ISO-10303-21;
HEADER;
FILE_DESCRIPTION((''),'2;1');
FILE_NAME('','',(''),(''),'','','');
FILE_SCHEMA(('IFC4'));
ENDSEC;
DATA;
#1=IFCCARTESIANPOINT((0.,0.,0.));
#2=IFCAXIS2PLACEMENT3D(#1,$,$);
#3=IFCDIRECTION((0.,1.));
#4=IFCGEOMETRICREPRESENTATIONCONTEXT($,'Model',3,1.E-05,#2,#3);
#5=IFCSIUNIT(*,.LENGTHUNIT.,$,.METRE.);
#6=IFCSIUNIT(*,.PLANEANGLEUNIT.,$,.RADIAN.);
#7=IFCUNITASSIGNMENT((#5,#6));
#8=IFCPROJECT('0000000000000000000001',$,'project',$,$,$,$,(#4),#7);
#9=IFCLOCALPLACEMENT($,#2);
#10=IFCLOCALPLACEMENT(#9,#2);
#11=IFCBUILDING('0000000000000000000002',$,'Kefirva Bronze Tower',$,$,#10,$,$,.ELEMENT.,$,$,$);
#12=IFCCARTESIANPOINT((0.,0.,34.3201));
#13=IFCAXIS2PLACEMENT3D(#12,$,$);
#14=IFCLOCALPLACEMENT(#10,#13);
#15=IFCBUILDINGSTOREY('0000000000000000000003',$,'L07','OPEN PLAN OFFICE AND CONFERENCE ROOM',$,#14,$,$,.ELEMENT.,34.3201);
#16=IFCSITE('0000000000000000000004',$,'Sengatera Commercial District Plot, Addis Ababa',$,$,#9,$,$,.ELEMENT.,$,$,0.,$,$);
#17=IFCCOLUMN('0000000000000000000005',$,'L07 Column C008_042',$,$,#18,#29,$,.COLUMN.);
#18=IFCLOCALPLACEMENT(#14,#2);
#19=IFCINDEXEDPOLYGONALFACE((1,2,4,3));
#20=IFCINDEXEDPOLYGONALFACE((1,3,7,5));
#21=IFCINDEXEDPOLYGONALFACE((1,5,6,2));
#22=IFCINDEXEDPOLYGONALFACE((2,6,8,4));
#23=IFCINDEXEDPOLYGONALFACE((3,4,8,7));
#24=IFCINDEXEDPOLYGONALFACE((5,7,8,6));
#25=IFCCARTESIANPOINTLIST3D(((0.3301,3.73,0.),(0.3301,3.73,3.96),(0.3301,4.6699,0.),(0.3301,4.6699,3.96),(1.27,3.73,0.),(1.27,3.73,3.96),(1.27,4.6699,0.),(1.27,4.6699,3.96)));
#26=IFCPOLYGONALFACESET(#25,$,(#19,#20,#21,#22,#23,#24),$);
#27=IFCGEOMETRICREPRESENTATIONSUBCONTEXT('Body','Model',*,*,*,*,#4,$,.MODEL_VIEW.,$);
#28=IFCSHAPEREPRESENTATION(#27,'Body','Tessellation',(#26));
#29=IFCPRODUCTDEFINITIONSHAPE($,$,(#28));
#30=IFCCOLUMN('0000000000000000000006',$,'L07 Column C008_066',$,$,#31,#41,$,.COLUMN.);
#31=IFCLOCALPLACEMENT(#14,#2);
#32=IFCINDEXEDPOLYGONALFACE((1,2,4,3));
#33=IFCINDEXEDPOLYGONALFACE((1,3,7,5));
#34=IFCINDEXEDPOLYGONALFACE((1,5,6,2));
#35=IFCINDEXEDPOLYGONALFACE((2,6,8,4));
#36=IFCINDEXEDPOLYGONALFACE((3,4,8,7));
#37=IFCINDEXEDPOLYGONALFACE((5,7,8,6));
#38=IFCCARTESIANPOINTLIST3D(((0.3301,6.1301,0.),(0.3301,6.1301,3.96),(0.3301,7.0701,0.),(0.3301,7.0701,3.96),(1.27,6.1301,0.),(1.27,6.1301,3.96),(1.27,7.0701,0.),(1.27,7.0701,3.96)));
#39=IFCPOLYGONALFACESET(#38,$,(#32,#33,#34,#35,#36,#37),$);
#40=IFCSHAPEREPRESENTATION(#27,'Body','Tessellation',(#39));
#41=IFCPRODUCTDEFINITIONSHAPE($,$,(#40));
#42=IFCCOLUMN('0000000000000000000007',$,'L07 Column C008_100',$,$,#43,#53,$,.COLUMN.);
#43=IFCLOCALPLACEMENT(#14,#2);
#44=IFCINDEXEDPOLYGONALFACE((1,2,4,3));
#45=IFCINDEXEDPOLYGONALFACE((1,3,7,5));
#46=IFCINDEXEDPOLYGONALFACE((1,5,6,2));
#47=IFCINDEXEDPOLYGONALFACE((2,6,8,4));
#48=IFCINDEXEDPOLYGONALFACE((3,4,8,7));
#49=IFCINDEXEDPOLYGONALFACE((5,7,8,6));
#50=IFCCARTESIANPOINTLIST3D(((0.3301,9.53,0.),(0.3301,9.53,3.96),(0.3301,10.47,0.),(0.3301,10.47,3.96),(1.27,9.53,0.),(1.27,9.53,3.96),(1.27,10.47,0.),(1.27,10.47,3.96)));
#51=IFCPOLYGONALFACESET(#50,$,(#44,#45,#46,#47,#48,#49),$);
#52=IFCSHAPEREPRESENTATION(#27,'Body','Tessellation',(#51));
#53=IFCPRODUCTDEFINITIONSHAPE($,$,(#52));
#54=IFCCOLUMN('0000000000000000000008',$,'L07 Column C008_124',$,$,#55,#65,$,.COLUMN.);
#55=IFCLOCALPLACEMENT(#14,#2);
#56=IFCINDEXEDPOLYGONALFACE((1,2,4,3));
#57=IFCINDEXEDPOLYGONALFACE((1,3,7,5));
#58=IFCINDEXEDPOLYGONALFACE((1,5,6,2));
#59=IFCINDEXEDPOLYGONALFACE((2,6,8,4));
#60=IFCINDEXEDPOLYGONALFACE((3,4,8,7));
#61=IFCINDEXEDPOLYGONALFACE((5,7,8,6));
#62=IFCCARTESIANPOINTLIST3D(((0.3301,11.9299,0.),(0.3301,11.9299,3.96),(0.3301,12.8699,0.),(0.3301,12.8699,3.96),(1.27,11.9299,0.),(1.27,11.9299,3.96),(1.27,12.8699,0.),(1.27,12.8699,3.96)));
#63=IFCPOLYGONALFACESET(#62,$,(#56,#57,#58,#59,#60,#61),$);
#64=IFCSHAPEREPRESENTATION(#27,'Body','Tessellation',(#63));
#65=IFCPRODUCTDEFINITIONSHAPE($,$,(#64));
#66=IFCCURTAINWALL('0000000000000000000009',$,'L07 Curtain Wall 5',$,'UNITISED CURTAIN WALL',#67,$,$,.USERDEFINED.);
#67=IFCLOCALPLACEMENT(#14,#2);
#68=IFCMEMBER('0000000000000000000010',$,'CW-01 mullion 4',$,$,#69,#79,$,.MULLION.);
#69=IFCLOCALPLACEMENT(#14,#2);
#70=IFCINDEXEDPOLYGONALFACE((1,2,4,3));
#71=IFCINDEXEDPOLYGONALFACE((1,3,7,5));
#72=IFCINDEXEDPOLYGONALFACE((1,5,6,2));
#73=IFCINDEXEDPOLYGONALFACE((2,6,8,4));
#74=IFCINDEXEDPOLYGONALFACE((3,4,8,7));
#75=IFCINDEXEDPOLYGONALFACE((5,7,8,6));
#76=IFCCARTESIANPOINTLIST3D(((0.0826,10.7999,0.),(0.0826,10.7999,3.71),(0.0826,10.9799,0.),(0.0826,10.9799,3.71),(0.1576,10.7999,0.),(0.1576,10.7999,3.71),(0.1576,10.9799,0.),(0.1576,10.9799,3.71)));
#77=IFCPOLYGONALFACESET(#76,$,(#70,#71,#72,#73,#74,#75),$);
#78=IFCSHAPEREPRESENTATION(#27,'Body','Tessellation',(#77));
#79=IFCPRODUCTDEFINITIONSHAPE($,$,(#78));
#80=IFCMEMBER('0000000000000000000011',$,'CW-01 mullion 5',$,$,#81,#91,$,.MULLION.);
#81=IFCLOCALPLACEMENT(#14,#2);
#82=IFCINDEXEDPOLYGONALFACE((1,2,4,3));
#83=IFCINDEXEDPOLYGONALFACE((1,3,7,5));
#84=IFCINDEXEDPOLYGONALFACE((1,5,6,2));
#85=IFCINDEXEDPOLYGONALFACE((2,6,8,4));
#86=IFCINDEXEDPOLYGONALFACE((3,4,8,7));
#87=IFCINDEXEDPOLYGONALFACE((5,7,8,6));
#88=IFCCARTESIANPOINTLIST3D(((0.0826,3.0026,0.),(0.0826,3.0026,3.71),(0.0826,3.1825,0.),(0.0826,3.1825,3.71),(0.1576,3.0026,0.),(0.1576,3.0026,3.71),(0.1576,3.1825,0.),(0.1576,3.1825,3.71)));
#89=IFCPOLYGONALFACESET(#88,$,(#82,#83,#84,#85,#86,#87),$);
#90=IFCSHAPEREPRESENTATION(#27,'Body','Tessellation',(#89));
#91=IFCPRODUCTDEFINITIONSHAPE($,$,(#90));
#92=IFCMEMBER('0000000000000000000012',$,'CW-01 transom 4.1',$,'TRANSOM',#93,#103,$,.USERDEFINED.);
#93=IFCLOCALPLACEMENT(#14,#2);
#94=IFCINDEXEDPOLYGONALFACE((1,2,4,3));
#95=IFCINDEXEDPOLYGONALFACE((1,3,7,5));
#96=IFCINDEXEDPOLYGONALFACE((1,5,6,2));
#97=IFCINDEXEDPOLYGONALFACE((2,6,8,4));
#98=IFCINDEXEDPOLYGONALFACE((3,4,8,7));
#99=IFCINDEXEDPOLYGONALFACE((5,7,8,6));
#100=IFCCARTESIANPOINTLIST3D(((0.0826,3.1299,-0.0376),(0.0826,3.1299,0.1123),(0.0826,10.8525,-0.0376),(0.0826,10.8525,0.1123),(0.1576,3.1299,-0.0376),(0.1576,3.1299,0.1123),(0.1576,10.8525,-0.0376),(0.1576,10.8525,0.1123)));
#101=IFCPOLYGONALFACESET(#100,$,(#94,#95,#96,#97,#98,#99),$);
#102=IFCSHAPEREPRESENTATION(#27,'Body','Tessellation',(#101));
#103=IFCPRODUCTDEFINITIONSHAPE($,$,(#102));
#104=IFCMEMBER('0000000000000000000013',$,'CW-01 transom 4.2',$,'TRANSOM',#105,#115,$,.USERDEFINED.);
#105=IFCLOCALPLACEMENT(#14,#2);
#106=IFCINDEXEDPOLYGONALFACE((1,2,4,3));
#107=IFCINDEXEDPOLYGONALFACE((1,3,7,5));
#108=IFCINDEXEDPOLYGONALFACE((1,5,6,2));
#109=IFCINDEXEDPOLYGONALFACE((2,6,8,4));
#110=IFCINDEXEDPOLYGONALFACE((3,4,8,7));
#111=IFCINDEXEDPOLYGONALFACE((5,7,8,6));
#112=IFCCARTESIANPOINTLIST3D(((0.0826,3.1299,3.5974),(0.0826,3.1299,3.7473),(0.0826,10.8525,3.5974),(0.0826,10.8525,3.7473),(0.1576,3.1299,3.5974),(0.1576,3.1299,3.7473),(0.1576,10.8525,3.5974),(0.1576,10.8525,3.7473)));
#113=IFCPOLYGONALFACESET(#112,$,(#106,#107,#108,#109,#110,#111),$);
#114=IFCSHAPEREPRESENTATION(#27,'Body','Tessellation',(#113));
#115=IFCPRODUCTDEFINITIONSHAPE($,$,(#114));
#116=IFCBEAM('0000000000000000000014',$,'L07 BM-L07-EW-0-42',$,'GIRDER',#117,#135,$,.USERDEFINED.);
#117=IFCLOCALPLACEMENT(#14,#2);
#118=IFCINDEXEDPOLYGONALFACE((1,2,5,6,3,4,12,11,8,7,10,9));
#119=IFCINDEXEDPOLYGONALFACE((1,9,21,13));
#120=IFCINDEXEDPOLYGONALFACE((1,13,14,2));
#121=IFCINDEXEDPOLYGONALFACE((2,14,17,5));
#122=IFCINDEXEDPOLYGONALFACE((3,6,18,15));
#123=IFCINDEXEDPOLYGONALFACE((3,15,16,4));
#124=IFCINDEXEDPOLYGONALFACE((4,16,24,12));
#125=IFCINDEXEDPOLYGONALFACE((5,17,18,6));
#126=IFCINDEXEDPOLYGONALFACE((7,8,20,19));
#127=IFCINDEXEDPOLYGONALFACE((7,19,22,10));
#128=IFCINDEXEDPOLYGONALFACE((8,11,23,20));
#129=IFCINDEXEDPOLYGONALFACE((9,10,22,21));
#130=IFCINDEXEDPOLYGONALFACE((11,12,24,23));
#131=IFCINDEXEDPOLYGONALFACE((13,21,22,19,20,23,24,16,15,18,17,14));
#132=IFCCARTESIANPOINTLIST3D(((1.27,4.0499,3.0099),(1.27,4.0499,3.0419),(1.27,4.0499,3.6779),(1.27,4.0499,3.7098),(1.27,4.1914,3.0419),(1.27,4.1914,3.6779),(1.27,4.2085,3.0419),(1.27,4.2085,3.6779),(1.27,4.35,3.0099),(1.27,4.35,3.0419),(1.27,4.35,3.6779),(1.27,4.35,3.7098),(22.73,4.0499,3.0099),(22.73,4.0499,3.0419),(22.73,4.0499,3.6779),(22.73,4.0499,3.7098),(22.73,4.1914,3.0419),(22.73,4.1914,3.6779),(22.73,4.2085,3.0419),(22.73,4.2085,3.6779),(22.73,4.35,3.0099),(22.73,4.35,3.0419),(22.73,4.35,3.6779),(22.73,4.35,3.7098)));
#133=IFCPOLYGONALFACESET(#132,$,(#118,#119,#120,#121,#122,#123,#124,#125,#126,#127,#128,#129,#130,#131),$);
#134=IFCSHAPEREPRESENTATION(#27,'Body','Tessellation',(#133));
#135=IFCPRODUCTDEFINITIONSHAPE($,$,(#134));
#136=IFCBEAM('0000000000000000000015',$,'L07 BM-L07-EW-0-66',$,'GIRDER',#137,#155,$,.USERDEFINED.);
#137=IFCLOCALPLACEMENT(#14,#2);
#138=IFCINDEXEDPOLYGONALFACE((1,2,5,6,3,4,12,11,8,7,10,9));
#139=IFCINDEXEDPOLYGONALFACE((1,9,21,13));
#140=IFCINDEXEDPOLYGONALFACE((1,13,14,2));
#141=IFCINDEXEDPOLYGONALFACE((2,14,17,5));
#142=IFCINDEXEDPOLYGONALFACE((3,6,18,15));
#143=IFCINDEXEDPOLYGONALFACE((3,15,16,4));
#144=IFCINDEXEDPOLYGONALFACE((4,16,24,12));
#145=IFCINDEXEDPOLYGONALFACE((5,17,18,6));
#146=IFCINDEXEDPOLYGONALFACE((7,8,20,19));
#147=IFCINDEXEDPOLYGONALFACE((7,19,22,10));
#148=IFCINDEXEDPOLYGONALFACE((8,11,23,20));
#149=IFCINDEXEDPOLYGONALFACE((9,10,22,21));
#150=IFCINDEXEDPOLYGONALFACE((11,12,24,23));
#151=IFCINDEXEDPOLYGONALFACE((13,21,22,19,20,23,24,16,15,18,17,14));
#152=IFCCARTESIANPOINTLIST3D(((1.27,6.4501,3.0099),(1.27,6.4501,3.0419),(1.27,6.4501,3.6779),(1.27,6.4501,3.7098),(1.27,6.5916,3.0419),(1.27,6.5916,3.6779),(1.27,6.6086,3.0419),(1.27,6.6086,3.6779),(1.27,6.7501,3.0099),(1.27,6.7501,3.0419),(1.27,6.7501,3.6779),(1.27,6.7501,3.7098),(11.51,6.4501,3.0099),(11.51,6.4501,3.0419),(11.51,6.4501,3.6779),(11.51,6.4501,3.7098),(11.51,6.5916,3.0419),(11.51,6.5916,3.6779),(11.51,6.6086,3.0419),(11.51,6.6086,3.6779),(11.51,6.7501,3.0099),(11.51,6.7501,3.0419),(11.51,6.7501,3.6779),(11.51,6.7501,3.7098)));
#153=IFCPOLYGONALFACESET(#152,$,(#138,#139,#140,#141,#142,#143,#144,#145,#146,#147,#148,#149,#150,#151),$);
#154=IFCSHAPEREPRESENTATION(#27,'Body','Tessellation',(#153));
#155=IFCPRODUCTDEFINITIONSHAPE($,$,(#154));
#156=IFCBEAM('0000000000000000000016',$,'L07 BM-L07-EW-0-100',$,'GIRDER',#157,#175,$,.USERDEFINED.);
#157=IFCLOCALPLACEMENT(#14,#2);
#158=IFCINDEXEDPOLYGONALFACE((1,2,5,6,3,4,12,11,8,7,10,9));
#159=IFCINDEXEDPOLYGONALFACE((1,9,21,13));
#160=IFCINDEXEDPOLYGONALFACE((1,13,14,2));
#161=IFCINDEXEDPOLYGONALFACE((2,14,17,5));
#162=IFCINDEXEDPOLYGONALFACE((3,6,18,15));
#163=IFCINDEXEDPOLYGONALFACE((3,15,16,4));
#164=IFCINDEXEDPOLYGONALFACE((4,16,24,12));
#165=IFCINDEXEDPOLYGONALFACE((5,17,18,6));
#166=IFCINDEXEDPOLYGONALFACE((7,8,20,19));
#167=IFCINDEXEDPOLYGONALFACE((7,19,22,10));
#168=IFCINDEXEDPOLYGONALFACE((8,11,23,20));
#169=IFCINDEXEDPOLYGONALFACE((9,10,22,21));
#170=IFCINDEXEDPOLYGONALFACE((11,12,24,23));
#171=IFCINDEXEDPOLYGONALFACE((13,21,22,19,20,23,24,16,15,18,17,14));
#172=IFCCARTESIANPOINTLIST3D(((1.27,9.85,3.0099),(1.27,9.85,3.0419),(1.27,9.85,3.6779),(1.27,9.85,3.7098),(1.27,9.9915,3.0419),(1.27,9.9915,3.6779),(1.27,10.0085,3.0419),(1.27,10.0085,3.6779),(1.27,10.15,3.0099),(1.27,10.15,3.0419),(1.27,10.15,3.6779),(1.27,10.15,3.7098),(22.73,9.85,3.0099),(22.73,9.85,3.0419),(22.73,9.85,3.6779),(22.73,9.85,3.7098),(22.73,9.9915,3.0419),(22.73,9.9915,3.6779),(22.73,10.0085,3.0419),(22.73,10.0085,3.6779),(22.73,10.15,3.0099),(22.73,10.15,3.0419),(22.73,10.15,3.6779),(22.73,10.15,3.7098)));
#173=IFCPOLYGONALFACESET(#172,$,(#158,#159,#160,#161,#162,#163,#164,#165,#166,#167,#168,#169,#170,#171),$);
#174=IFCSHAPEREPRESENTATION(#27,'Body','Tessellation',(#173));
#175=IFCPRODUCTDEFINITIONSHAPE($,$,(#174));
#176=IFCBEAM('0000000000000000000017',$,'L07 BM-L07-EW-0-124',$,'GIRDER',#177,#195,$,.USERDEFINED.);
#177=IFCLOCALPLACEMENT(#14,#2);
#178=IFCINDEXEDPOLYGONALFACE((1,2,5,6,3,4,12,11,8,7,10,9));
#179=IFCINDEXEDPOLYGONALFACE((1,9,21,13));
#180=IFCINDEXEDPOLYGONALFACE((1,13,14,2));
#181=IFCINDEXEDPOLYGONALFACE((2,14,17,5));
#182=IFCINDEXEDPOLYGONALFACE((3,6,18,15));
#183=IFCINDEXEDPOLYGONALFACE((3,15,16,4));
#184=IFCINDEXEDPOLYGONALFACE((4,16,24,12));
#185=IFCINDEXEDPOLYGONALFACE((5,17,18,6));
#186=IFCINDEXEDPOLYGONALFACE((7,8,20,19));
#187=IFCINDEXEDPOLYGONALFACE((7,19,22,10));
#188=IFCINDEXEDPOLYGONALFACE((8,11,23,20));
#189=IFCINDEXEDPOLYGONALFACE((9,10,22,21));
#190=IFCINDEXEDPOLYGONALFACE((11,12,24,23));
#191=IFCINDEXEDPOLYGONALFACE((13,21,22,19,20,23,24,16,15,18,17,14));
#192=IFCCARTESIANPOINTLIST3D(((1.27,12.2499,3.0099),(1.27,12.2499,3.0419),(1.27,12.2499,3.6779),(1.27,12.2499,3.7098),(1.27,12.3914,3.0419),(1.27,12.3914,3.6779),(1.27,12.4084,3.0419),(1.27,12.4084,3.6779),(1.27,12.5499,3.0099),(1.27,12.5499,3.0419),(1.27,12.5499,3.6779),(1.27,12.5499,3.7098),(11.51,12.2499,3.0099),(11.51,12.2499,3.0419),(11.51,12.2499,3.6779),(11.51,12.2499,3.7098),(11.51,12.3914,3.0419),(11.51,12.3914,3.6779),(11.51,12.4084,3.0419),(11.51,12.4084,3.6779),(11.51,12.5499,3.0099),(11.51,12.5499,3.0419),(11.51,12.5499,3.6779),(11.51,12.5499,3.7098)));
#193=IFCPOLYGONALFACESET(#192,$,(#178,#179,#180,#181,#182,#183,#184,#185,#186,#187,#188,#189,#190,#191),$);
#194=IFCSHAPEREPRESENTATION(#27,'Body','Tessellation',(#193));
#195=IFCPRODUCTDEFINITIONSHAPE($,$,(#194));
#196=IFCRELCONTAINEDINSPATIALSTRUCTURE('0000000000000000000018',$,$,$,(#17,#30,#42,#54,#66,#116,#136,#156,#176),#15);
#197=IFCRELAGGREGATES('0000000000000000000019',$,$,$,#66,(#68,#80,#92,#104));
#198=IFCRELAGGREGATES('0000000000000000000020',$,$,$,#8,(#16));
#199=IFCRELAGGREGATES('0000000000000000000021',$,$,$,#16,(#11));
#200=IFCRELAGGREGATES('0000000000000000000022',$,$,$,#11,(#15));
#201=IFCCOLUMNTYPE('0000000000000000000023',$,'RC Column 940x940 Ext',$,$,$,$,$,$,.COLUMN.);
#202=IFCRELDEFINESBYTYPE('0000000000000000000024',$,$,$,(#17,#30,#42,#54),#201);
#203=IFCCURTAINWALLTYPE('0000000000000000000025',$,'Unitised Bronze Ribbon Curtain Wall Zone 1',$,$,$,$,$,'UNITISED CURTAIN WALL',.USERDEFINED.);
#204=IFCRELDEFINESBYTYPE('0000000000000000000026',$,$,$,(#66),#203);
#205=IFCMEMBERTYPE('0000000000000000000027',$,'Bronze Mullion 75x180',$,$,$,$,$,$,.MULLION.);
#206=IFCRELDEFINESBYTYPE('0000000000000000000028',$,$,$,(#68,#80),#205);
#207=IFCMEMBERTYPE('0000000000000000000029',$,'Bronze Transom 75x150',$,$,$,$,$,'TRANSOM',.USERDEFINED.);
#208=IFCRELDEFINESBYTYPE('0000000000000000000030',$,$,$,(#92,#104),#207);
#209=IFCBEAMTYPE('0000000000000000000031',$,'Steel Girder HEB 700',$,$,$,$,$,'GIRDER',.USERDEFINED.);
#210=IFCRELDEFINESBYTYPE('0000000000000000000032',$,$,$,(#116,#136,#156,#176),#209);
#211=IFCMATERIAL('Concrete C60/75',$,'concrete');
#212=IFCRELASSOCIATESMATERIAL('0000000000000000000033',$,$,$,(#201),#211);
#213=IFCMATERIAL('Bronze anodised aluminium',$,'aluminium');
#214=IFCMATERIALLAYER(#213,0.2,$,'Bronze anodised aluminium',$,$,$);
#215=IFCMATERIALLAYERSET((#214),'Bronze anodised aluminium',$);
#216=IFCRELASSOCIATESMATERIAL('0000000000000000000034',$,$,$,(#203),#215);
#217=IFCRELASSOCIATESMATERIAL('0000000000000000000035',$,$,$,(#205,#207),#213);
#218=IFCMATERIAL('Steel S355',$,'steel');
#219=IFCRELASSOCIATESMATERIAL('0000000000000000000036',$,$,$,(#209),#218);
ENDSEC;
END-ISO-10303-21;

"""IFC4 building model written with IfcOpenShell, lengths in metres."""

from ifc_helpers import new_model, si_unit, direction, frame, origin, origin_2d, place, context, subcontext, project, spatial, rectangle, i_section, extrude, material, layer, layer_set, material_profile, profile_set, type_object, element, aggregate, save


model = new_model("IFC4")

# Units and contexts
model_context = context("Model", 3, precision=1e-05, world=origin(), true_north=direction((0.0, 1.0)))
body_context = subcontext(model_context, "Body", "Model", "MODEL_VIEW")
ifc_project = project(units=[si_unit("LENGTHUNIT", "METRE"), si_unit("PLANEANGLEUNIT", "RADIAN")], contexts=[model_context])

# Site, building, storey
site_placement = place(None, origin())
site = spatial("IfcSite", under=ifc_project, at=site_placement, Name="Sengatera Commercial District Plot, Addis Ababa", CompositionType="ELEMENT", RefElevation=0.0)
building_placement = place(site_placement, origin())
building = spatial("IfcBuilding", under=site, at=building_placement, Name="Kefirva Bronze Tower", CompositionType="ELEMENT")
storey_placement = place(building_placement, frame((0.0, 0.0, 34.3201)))
storey = spatial("IfcBuildingStorey", under=building, at=storey_placement, Name="L07", Description="OPEN PLAN OFFICE AND CONFERENCE ROOM", CompositionType="ELEMENT", Elevation=34.3201)

# Columns
ifc_material_1 = material(Name="Concrete C60/75", Category="concrete")
ifc_material_profile_1 = material_profile(ifc_material_1, rectangle(XDim=0.9399, YDim=0.9399, at=origin_2d()), Name="RC 940x940")
ifc_profile_set_1 = profile_set([ifc_material_profile_1], Name="Concrete C60/75")
column_type = type_object("IfcColumnType", Name="RC Column 940x940 Ext", PredefinedType="COLUMN", material=ifc_profile_set_1)
for number, where, z_axis, x_axis, name in (
    (1, (0.8, 4.2, 0.0), (0.0, 0.0, 1.0), (1.0, 0.0, 0.0), "L07 Column C008_042"),
    (2, (0.8, 6.6001, 0.0), (0.0, 0.0, 1.0), (1.0, 0.0, 0.0), "L07 Column C008_066"),
    (3, (0.8, 10.0, 0.0), (0.0, 0.0, 1.0), (1.0, 0.0, 0.0), "L07 Column C008_100"),
    (4, (0.8, 12.3999, 0.0), (0.0, 0.0, 1.0), (1.0, 0.0, 0.0), "L07 Column C008_124"),
):
    element("IfcColumn", number, at=place(storey_placement, frame(where, z_axis=z_axis, x_axis=x_axis)), inside=storey, type_object=column_type, Name=name, PredefinedType="COLUMN", context=body_context, shape_type="SweptSolid", body=[
        extrude(rectangle(XDim=0.9399, YDim=0.9399, at=origin_2d()), origin(), (0.0, 0.0, 1.0), 3.96),
    ])

# Curtain wall, members
ifc_material_2 = material(Name="Bronze anodised aluminium", Category="aluminium")
ifc_layer_1 = layer(ifc_material_2, 0.2, Name="Bronze anodised aluminium")
ifc_layer_set_1 = layer_set([ifc_layer_1], Name="Bronze anodised aluminium")
curtain_wall_type = type_object("IfcCurtainWallType", Name="Unitised Bronze Ribbon Curtain Wall Zone 1", ElementType="UNITISED CURTAIN WALL", PredefinedType="USERDEFINED", material=ifc_layer_set_1)
curtain_wall_placement = place(storey_placement, origin())
curtain_wall = element("IfcCurtainWall", 5, at=curtain_wall_placement, inside=storey, type_object=curtain_wall_type, Name="L07 Curtain Wall 5", ObjectType="UNITISED CURTAIN WALL", PredefinedType="USERDEFINED")
ifc_material_profile_2 = material_profile(ifc_material_2, rectangle(XDim=0.075, YDim=0.1799, at=origin_2d()), Name="ALU 75x180")
ifc_profile_set_2 = profile_set([ifc_material_profile_2], Name="Bronze anodised aluminium")
member_type_1 = type_object("IfcMemberType", Name="Bronze Mullion 75x180", PredefinedType="MULLION", material=ifc_profile_set_2)
member_1_placement = place(storey_placement, frame((0.1201, 10.8899, 0.0), z_axis=(0.0, 0.0, 1.0), x_axis=(1.0, 0.0, 0.0)))
member_1 = element("IfcMember", 6, at=member_1_placement, type_object=member_type_1, Name="CW-01 mullion 4", PredefinedType="MULLION", context=body_context, shape_type="SweptSolid", body=[
    extrude(rectangle(XDim=0.075, YDim=0.1799, at=origin_2d()), origin(), (0.0, 0.0, 1.0), 3.71),
])
member_2_placement = place(storey_placement, frame((0.1201, 3.0925, 0.0), z_axis=(0.0, 0.0, 1.0), x_axis=(1.0, 0.0, 0.0)))
member_2 = element("IfcMember", 7, at=member_2_placement, type_object=member_type_1, Name="CW-01 mullion 5", PredefinedType="MULLION", context=body_context, shape_type="SweptSolid", body=[
    extrude(rectangle(XDim=0.075, YDim=0.1799, at=origin_2d()), origin(), (0.0, 0.0, 1.0), 3.71),
])
ifc_material_profile_3 = material_profile(ifc_material_2, rectangle(XDim=0.075, YDim=0.1499, at=origin_2d()), Name="ALU 75x150")
ifc_profile_set_3 = profile_set([ifc_material_profile_3], Name="Bronze anodised aluminium")
member_type_2 = type_object("IfcMemberType", Name="Bronze Transom 75x150", ElementType="TRANSOM", PredefinedType="USERDEFINED", material=ifc_profile_set_3)
member_3_placement = place(storey_placement, frame((0.1201, 10.8525, 0.0374), z_axis=(0.0, -1.0, 0.0), x_axis=(1.0, 0.0, 0.0)))
member_3 = element("IfcMember", 8, at=member_3_placement, type_object=member_type_2, Name="CW-01 transom 4.1", ObjectType="TRANSOM", PredefinedType="USERDEFINED", context=body_context, shape_type="SweptSolid", body=[
    extrude(rectangle(XDim=0.075, YDim=0.1499, at=origin_2d()), origin(), (0.0, 0.0, 1.0), 7.7227),
])
member_4_placement = place(storey_placement, frame((0.1201, 10.8525, 3.6724), z_axis=(0.0, -1.0, 0.0), x_axis=(1.0, 0.0, 0.0)))
member_4 = element("IfcMember", 9, at=member_4_placement, type_object=member_type_2, Name="CW-01 transom 4.2", ObjectType="TRANSOM", PredefinedType="USERDEFINED", context=body_context, shape_type="SweptSolid", body=[
    extrude(rectangle(XDim=0.075, YDim=0.1499, at=origin_2d()), origin(), (0.0, 0.0, 1.0), 7.7227),
])

# Beams
ifc_material_3 = material(Name="Steel S355", Category="steel")
ifc_material_profile_4 = material_profile(ifc_material_3, i_section(OverallWidth=0.3, OverallDepth=0.7, WebThickness=0.0171, FlangeThickness=0.032, at=origin_2d()), Name="HEB 700")
ifc_profile_set_4 = profile_set([ifc_material_profile_4], Name="Steel S355")
beam_type_1 = type_object("IfcBeamType", Name="Steel Girder HEB 700", ElementType="GIRDER", PredefinedType="USERDEFINED", material=ifc_profile_set_4)
beam_1_placement = place(storey_placement, frame((1.27, 4.2, 3.3599), z_axis=(1.0, 0.0, 0.0), x_axis=(0.0, 1.0, 0.0)))
element("IfcBeam", 10, at=beam_1_placement, inside=storey, type_object=beam_type_1, Name="L07 BM-L07-EW-0-42", ObjectType="GIRDER", PredefinedType="USERDEFINED", context=body_context, shape_type="SweptSolid", body=[
    extrude(i_section(OverallWidth=0.3, OverallDepth=0.7, WebThickness=0.0171, FlangeThickness=0.032, at=origin_2d()), origin(), (0.0, 0.0, 1.0), 21.46),
])
beam_2_placement = place(storey_placement, frame((1.27, 6.6001, 3.3599), z_axis=(1.0, 0.0, 0.0), x_axis=(0.0, 1.0, 0.0)))
element("IfcBeam", 11, at=beam_2_placement, inside=storey, type_object=beam_type_1, Name="L07 BM-L07-EW-0-66", ObjectType="GIRDER", PredefinedType="USERDEFINED", context=body_context, shape_type="SweptSolid", body=[
    extrude(i_section(OverallWidth=0.3, OverallDepth=0.7, WebThickness=0.0171, FlangeThickness=0.032, at=origin_2d()), origin(), (0.0, 0.0, 1.0), 10.24),
])
beam_3_placement = place(storey_placement, frame((1.27, 10.0, 3.3599), z_axis=(1.0, 0.0, 0.0), x_axis=(0.0, 1.0, 0.0)))
element("IfcBeam", 12, at=beam_3_placement, inside=storey, type_object=beam_type_1, Name="L07 BM-L07-EW-0-100", ObjectType="GIRDER", PredefinedType="USERDEFINED", context=body_context, shape_type="SweptSolid", body=[
    extrude(i_section(OverallWidth=0.3, OverallDepth=0.7, WebThickness=0.0171, FlangeThickness=0.032, at=origin_2d()), origin(), (0.0, 0.0, 1.0), 21.46),
])
beam_4_placement = place(storey_placement, frame((1.27, 12.3999, 3.3599), z_axis=(1.0, 0.0, 0.0), x_axis=(0.0, 1.0, 0.0)))
element("IfcBeam", 13, at=beam_4_placement, inside=storey, type_object=beam_type_1, Name="L07 BM-L07-EW-0-124", ObjectType="GIRDER", PredefinedType="USERDEFINED", context=body_context, shape_type="SweptSolid", body=[
    extrude(i_section(OverallWidth=0.3, OverallDepth=0.7, WebThickness=0.0171, FlangeThickness=0.032, at=origin_2d()), origin(), (0.0, 0.0, 1.0), 10.24),
])

aggregate(curtain_wall, [member_1, member_2, member_3, member_4])

save(model, "model.ifc")
